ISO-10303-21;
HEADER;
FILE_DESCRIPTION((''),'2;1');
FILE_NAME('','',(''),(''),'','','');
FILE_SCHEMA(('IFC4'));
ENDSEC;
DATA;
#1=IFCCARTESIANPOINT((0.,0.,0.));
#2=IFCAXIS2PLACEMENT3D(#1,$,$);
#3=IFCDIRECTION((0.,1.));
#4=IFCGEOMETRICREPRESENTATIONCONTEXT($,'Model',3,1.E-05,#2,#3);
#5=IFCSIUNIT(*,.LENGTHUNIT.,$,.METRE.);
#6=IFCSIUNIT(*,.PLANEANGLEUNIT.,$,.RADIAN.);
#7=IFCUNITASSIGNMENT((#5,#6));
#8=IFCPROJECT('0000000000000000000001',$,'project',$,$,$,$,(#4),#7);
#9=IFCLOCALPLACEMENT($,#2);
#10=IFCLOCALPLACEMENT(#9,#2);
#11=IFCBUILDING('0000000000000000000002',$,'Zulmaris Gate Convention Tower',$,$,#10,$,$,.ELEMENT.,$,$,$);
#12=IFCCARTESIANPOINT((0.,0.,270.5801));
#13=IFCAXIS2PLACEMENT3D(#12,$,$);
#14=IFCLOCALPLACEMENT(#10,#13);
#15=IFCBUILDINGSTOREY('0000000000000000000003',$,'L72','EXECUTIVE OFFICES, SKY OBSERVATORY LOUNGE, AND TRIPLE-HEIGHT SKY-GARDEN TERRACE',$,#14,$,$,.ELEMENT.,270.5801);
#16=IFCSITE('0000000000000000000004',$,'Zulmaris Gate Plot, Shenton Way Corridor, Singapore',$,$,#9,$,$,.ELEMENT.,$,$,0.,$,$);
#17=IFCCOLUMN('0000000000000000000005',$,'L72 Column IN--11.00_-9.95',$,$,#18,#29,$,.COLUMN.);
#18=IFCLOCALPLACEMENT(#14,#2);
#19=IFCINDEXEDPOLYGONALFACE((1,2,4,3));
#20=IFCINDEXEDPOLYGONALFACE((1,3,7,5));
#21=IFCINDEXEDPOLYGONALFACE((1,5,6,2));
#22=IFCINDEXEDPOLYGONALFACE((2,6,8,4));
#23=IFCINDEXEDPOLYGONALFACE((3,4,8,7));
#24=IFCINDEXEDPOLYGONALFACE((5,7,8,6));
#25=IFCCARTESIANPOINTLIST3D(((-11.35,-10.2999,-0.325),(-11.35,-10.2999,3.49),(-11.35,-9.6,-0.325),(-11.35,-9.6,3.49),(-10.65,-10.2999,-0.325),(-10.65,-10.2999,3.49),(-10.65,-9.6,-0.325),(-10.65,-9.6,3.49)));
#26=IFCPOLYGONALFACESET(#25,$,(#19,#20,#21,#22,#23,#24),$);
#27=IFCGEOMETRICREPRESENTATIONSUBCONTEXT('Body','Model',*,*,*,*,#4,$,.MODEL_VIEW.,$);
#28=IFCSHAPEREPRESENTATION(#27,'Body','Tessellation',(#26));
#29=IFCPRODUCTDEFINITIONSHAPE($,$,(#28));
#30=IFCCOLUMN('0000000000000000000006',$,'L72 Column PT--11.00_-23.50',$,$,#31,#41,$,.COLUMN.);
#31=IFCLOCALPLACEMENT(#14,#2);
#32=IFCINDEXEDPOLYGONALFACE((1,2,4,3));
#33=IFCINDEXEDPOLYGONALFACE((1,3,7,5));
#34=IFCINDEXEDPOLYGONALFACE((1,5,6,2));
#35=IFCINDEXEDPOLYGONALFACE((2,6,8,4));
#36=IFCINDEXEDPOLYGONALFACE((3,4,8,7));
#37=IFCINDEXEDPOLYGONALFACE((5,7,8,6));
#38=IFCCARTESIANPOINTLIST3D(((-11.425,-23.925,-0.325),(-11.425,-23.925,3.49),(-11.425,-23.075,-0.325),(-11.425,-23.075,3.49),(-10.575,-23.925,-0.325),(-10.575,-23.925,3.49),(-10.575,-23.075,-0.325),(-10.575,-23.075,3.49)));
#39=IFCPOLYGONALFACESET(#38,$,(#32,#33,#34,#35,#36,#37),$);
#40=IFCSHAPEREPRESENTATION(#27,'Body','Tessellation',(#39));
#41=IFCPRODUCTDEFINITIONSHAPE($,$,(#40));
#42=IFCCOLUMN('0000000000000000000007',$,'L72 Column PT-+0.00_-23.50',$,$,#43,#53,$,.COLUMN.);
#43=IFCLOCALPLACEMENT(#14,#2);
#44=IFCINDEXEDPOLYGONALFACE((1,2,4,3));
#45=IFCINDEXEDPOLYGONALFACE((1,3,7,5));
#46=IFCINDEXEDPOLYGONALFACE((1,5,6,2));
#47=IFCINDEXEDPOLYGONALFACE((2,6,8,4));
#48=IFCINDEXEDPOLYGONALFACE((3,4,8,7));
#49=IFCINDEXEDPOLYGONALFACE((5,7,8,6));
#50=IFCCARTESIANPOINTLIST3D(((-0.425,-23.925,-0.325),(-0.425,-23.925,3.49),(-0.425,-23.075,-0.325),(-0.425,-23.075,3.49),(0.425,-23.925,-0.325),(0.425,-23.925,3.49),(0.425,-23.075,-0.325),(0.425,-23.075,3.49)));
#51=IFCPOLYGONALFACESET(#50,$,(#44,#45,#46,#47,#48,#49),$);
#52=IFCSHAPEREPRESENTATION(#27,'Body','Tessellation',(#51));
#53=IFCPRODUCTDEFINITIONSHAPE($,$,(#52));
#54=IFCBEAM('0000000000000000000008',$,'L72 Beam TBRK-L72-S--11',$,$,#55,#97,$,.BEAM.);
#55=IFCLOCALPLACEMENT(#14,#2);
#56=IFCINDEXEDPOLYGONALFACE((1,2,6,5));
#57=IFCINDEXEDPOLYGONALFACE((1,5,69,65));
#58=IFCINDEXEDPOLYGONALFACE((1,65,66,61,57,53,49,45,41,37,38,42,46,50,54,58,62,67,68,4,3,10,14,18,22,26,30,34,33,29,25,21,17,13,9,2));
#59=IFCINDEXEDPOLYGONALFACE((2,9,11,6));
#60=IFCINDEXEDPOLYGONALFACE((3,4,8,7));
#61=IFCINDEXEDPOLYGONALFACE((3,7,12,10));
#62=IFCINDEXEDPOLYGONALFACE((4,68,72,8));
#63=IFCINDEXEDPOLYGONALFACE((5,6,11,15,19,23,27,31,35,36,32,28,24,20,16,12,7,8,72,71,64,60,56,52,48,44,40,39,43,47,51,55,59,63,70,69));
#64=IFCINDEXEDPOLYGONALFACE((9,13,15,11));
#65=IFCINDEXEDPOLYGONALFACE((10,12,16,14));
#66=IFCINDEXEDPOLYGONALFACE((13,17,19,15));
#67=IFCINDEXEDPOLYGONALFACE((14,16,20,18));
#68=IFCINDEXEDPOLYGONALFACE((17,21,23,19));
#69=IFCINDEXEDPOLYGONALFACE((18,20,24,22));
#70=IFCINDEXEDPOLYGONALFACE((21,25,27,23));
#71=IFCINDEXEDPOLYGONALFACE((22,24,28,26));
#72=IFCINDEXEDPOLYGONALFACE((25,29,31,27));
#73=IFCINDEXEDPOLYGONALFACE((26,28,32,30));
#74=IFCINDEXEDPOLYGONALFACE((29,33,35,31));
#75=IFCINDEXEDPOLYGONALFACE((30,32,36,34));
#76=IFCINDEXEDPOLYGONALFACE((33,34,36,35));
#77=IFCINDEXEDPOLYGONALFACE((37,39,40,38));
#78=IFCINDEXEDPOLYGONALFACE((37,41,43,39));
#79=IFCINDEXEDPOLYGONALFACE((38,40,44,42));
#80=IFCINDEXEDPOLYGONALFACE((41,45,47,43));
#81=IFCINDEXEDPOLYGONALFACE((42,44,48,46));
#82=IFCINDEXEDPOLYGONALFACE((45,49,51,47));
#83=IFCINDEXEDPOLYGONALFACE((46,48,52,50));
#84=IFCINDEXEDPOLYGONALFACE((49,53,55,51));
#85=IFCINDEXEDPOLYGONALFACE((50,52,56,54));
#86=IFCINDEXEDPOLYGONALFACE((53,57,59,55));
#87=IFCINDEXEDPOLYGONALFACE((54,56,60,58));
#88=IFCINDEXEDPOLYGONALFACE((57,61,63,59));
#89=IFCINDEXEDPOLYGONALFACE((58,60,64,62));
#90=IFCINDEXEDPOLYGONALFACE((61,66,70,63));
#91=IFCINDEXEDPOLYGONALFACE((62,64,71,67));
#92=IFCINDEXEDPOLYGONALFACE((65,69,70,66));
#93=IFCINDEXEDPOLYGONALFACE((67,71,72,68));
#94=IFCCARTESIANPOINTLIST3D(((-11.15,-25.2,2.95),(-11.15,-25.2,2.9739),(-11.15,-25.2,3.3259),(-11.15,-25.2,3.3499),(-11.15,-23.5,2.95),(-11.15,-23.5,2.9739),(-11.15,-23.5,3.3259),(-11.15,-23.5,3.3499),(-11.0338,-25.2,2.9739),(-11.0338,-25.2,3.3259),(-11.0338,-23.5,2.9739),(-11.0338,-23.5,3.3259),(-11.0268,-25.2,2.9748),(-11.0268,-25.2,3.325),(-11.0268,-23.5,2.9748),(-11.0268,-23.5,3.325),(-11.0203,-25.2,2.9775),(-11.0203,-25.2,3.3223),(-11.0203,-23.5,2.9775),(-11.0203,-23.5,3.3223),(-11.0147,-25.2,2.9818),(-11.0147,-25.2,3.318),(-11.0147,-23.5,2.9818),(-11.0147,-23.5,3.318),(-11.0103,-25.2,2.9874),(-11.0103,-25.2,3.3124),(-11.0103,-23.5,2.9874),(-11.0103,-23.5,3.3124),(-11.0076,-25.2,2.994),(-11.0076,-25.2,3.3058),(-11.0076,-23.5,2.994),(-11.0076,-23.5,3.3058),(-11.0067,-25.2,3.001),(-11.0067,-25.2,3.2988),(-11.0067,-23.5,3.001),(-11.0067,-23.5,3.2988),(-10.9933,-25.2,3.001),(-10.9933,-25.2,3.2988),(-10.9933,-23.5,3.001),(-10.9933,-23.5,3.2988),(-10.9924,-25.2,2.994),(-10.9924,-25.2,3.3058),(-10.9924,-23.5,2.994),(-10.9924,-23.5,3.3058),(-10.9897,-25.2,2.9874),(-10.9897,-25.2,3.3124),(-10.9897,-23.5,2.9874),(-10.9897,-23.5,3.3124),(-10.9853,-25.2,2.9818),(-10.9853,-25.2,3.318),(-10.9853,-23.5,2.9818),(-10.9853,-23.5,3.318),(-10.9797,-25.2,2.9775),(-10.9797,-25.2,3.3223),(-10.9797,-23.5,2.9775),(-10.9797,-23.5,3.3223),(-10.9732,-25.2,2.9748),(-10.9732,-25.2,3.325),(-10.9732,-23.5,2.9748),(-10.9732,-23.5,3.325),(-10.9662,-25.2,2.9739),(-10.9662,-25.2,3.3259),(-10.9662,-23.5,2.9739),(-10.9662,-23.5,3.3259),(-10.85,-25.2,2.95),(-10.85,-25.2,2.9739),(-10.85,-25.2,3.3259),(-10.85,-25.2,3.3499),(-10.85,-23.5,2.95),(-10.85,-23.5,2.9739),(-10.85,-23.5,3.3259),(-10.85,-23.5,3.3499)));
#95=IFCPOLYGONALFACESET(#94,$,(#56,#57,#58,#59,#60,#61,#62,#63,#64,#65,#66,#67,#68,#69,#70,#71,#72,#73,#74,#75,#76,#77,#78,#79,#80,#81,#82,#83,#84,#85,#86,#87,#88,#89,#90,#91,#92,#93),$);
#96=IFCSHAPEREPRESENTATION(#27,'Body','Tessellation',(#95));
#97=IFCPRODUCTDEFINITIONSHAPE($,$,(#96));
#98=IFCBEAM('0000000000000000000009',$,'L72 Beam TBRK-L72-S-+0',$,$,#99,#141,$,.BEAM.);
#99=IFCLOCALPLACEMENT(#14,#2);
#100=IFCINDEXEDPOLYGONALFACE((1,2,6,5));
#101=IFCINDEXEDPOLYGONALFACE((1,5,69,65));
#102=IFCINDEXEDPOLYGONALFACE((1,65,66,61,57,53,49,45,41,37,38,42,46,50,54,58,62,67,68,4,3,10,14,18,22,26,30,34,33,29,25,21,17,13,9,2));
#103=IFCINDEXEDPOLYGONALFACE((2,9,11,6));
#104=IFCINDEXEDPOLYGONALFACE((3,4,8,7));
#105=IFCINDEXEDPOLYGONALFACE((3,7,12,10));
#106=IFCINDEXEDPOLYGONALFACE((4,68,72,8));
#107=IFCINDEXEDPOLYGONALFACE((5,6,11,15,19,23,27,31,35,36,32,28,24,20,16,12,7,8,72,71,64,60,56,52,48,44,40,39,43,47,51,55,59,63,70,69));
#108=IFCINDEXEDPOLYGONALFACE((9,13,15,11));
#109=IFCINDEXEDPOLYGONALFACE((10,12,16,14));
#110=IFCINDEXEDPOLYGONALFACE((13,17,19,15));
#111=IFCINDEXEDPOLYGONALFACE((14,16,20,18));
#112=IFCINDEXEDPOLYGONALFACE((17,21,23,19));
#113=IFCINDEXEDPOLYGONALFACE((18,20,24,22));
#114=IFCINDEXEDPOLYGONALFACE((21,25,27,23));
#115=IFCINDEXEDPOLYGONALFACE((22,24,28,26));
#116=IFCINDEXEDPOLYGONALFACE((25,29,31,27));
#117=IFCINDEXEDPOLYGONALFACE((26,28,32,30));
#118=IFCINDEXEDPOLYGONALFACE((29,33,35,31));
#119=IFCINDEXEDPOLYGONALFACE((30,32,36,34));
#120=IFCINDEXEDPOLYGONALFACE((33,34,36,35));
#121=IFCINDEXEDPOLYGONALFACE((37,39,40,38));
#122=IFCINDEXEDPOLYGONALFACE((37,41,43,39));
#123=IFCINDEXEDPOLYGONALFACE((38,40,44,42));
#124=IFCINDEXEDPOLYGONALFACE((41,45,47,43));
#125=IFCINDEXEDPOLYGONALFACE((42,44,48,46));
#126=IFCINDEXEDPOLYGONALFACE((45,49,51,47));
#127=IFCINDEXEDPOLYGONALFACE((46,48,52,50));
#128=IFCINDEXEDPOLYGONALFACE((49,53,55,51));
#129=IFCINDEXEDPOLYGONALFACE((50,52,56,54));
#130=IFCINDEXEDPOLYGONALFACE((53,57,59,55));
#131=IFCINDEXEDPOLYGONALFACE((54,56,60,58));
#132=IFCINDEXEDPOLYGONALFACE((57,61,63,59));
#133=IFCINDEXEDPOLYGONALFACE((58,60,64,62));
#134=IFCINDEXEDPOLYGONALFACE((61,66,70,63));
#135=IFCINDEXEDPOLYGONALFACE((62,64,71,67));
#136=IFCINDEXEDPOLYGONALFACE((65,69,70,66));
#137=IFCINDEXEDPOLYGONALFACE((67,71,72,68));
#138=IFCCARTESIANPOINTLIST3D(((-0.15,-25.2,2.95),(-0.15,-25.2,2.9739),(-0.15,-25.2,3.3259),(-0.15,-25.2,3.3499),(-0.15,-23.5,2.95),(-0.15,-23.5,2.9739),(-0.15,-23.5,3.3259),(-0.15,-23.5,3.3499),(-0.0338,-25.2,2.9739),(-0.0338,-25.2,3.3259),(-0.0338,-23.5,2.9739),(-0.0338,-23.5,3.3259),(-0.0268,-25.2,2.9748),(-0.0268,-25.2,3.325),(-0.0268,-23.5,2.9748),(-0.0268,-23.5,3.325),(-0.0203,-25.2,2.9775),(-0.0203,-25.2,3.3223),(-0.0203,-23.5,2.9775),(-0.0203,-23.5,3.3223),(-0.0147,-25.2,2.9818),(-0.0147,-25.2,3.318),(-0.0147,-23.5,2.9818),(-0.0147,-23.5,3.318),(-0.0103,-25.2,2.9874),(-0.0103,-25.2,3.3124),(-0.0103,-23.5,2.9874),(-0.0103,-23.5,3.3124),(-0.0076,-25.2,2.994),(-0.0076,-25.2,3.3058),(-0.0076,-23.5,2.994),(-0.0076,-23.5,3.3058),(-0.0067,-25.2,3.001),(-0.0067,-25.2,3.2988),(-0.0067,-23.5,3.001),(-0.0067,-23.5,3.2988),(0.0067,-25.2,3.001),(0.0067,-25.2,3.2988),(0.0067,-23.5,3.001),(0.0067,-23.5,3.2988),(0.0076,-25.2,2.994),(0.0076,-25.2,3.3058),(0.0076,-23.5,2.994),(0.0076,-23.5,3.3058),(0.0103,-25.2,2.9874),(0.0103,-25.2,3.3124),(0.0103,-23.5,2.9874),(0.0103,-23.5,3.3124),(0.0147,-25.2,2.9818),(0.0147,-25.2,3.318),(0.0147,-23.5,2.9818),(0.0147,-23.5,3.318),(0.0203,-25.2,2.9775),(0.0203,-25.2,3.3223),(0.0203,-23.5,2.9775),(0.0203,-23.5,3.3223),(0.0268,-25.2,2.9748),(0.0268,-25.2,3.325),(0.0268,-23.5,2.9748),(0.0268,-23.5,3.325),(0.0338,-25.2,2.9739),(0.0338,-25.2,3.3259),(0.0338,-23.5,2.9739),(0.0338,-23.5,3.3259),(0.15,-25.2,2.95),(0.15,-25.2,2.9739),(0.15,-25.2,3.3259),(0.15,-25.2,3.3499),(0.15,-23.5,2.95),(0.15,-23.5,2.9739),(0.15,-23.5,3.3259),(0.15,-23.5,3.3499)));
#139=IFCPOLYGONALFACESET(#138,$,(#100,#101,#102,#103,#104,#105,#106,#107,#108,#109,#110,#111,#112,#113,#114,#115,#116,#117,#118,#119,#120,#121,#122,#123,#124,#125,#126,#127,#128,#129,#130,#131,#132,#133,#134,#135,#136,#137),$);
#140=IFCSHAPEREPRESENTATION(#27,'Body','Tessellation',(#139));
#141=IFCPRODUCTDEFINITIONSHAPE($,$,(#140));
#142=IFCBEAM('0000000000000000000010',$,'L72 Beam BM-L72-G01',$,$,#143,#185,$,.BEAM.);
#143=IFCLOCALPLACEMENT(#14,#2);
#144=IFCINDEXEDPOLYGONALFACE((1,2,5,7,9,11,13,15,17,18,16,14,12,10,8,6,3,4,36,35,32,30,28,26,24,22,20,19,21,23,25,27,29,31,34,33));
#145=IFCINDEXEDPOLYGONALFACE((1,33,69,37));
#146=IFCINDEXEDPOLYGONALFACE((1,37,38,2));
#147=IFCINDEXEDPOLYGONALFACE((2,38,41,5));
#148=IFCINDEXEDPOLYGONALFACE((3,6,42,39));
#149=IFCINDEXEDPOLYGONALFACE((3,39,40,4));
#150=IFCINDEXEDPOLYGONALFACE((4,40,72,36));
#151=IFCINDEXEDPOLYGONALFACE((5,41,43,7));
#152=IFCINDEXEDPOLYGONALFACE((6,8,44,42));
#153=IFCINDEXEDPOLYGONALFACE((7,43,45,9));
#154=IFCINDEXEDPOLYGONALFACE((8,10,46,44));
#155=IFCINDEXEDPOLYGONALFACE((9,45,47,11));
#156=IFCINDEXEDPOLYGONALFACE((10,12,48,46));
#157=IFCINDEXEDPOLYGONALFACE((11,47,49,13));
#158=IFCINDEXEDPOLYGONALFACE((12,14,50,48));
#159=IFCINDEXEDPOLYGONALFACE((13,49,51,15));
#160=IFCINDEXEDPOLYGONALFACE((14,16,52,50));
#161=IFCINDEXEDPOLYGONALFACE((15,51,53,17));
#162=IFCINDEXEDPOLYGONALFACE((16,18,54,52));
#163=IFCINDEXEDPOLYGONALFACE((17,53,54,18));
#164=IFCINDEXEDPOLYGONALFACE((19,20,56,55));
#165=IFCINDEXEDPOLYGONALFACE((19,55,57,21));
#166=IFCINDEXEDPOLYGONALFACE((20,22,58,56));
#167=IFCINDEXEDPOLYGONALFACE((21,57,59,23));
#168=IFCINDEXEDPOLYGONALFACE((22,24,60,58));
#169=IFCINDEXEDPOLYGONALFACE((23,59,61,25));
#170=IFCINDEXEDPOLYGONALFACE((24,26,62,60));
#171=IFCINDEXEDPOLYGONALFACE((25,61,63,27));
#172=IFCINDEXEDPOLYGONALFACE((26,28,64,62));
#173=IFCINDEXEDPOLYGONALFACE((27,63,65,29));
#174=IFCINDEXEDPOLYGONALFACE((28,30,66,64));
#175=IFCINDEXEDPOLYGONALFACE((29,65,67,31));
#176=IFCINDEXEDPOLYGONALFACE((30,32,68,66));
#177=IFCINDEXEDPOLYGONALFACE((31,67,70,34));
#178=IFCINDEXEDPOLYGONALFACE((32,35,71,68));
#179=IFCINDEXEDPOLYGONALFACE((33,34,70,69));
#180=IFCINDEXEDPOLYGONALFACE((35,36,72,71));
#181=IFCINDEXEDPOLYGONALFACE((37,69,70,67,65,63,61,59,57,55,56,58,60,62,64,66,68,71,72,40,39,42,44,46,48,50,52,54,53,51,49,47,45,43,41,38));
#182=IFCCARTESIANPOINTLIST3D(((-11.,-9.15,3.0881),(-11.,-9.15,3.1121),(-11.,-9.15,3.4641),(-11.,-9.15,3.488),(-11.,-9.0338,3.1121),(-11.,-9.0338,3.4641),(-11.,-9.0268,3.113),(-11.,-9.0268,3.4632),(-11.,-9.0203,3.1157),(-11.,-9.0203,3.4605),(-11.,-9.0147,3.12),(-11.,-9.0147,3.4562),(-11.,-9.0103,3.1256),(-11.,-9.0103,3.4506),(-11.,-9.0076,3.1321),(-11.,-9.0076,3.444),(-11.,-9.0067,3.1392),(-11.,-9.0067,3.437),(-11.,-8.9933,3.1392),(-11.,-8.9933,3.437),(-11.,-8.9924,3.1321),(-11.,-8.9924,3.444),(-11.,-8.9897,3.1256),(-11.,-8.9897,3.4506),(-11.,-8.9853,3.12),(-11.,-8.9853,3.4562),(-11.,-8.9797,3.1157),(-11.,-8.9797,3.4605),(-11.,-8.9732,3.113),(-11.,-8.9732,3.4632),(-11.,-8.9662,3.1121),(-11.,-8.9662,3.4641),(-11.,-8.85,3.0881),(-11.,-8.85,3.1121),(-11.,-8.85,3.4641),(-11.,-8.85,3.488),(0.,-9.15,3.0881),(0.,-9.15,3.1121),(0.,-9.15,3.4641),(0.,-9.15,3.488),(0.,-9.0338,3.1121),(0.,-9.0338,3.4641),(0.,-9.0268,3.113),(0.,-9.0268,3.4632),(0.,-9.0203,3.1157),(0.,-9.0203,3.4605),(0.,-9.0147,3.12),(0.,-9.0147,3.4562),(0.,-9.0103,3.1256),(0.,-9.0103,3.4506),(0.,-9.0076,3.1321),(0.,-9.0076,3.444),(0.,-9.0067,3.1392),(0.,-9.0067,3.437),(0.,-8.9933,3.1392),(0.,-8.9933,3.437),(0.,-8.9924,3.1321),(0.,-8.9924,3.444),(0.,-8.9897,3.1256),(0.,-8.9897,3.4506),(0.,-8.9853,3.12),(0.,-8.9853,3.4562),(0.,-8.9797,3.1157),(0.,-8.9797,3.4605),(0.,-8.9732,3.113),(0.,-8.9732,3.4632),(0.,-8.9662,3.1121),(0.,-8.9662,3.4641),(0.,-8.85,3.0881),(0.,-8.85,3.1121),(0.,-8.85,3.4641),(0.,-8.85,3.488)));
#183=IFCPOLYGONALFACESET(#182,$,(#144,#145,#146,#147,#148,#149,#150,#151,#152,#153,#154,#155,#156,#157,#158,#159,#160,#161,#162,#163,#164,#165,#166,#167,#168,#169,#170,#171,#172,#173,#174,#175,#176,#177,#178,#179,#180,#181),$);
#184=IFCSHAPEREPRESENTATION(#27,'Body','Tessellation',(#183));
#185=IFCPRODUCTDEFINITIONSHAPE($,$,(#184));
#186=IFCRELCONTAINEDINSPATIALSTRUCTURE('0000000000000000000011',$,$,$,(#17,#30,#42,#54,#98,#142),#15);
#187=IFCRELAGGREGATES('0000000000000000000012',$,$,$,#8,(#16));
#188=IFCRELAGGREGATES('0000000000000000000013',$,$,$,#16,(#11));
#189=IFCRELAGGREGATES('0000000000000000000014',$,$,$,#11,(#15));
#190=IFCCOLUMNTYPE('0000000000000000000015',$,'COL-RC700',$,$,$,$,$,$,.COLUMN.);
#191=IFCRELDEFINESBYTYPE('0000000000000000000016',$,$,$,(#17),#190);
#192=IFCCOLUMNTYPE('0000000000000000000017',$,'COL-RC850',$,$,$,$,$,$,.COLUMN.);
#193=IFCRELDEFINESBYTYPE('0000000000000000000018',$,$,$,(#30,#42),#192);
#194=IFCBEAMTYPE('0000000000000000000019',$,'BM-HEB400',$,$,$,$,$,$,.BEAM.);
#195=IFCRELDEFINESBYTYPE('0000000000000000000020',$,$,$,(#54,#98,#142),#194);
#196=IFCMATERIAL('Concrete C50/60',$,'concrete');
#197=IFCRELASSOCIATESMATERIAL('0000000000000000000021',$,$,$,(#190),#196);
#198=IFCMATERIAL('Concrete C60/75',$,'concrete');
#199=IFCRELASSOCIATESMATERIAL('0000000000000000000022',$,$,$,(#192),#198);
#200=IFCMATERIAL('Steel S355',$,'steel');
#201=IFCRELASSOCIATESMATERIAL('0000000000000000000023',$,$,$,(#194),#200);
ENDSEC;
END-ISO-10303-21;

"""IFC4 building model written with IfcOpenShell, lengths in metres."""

from ifc_helpers import new_model, si_unit, direction, frame, origin, origin_2d, place, context, subcontext, project, spatial, rectangle, i_section, extrude, material, material_profile, profile_set, type_object, element, save


model = new_model("IFC4")

# Units and contexts
model_context = context("Model", 3, precision=1e-05, world=origin(), true_north=direction((0.0, 1.0)))
body_context = subcontext(model_context, "Body", "Model", "MODEL_VIEW")
ifc_project = project(units=[si_unit("LENGTHUNIT", "METRE"), si_unit("PLANEANGLEUNIT", "RADIAN")], contexts=[model_context])

# Site, building, storey
site_placement = place(None, origin())
site = spatial("IfcSite", under=ifc_project, at=site_placement, Name="Zulmaris Gate Plot, Shenton Way Corridor, Singapore", CompositionType="ELEMENT", RefElevation=0.0)
building_placement = place(site_placement, origin())
building = spatial("IfcBuilding", under=site, at=building_placement, Name="Zulmaris Gate Convention Tower", CompositionType="ELEMENT")
storey_placement = place(building_placement, frame((0.0, 0.0, 270.5801)))
storey = spatial("IfcBuildingStorey", under=building, at=storey_placement, Name="L72", Description="EXECUTIVE OFFICES, SKY OBSERVATORY LOUNGE, AND TRIPLE-HEIGHT SKY-GARDEN TERRACE", CompositionType="ELEMENT", Elevation=270.5801)

# Columns
ifc_material_1 = material(Name="Concrete C50/60", Category="concrete")
ifc_material_profile_1 = material_profile(ifc_material_1, rectangle(XDim=0.7, YDim=0.7, at=origin_2d()), Name="RC COL 700x700")
ifc_profile_set_1 = profile_set([ifc_material_profile_1], Name="Concrete C50/60")
column_type_1 = type_object("IfcColumnType", Name="COL-RC700", PredefinedType="COLUMN", material=ifc_profile_set_1)
column_placement = place(storey_placement, frame((-11.0, -9.95, -0.325), z_axis=(0.0, 0.0, 1.0), x_axis=(1.0, 0.0, 0.0)))
element("IfcColumn", 1, at=column_placement, inside=storey, type_object=column_type_1, Name="L72 Column IN--11.00_-9.95", PredefinedType="COLUMN", context=body_context, shape_type="SweptSolid", body=[
    extrude(rectangle(XDim=0.7, YDim=0.7, at=origin_2d()), origin(), (0.0, 0.0, 1.0), 3.8149),
])
ifc_material_2 = material(Name="Concrete C60/75", Category="concrete")
ifc_material_profile_2 = material_profile(ifc_material_2, rectangle(XDim=0.8501, YDim=0.8501, at=origin_2d()), Name="RC COL 850x850")
ifc_profile_set_2 = profile_set([ifc_material_profile_2], Name="Concrete C60/75")
column_type_2 = type_object("IfcColumnType", Name="COL-RC850", PredefinedType="COLUMN", material=ifc_profile_set_2)
for number, where, z_axis, x_axis, name in (
    (2, (-11.0, -23.5, -0.325), (0.0, 0.0, 1.0), (1.0, 0.0, 0.0), "L72 Column PT--11.00_-23.50"),
    (3, (0.0, -23.5, -0.325), (0.0, 0.0, 1.0), (1.0, 0.0, 0.0), "L72 Column PT-+0.00_-23.50"),
):
    element("IfcColumn", number, at=place(storey_placement, frame(where, z_axis=z_axis, x_axis=x_axis)), inside=storey, type_object=column_type_2, Name=name, PredefinedType="COLUMN", context=body_context, shape_type="SweptSolid", body=[
        extrude(rectangle(XDim=0.8501, YDim=0.8501, at=origin_2d()), origin(), (0.0, 0.0, 1.0), 3.8149),
    ])

# Beams
ifc_material_3 = material(Name="Steel S355", Category="steel")
ifc_material_profile_3 = material_profile(ifc_material_3, i_section(OverallWidth=0.3, OverallDepth=0.3999, WebThickness=0.0134, FlangeThickness=0.0239, FilletRadius=0.0271, at=origin_2d()), Name="HEB 400")
ifc_profile_set_3 = profile_set([ifc_material_profile_3], Name="Steel S355")
beam_type_1 = type_object("IfcBeamType", Name="BM-HEB400", PredefinedType="BEAM", material=ifc_profile_set_3)
for number, where, z_axis, x_axis, name in (
    (4, (-11.0, -25.2, 3.1499), (0.0, 1.0, 0.0), (-1.0, 0.0, 0.0), "L72 Beam TBRK-L72-S--11"),
    (5, (0.0, -25.2, 3.1499), (0.0, 1.0, 0.0), (-1.0, 0.0, 0.0), "L72 Beam TBRK-L72-S-+0"),
):
    element("IfcBeam", number, at=place(storey_placement, frame(where, z_axis=z_axis, x_axis=x_axis)), inside=storey, type_object=beam_type_1, Name=name, PredefinedType="BEAM", context=body_context, shape_type="SweptSolid", body=[
        extrude(i_section(OverallWidth=0.3, OverallDepth=0.3999, WebThickness=0.0134, FlangeThickness=0.0239, FilletRadius=0.0271, at=origin_2d()), origin(), (0.0, 0.0, 1.0), 1.7),
    ])
beam_1_placement = place(storey_placement, frame((-11.0, -9.0, 3.2881), z_axis=(1.0, 0.0, 0.0), x_axis=(0.0, 1.0, 0.0)))
element("IfcBeam", 6, at=beam_1_placement, inside=storey, type_object=beam_type_1, Name="L72 Beam BM-L72-G01", PredefinedType="BEAM", context=body_context, shape_type="SweptSolid", body=[
    extrude(i_section(OverallWidth=0.3, OverallDepth=0.3999, WebThickness=0.0134, FlangeThickness=0.0239, FilletRadius=0.0271, at=origin_2d()), origin(), (0.0, 0.0, 1.0), 11.0),
])

save(model, "model.ifc")
